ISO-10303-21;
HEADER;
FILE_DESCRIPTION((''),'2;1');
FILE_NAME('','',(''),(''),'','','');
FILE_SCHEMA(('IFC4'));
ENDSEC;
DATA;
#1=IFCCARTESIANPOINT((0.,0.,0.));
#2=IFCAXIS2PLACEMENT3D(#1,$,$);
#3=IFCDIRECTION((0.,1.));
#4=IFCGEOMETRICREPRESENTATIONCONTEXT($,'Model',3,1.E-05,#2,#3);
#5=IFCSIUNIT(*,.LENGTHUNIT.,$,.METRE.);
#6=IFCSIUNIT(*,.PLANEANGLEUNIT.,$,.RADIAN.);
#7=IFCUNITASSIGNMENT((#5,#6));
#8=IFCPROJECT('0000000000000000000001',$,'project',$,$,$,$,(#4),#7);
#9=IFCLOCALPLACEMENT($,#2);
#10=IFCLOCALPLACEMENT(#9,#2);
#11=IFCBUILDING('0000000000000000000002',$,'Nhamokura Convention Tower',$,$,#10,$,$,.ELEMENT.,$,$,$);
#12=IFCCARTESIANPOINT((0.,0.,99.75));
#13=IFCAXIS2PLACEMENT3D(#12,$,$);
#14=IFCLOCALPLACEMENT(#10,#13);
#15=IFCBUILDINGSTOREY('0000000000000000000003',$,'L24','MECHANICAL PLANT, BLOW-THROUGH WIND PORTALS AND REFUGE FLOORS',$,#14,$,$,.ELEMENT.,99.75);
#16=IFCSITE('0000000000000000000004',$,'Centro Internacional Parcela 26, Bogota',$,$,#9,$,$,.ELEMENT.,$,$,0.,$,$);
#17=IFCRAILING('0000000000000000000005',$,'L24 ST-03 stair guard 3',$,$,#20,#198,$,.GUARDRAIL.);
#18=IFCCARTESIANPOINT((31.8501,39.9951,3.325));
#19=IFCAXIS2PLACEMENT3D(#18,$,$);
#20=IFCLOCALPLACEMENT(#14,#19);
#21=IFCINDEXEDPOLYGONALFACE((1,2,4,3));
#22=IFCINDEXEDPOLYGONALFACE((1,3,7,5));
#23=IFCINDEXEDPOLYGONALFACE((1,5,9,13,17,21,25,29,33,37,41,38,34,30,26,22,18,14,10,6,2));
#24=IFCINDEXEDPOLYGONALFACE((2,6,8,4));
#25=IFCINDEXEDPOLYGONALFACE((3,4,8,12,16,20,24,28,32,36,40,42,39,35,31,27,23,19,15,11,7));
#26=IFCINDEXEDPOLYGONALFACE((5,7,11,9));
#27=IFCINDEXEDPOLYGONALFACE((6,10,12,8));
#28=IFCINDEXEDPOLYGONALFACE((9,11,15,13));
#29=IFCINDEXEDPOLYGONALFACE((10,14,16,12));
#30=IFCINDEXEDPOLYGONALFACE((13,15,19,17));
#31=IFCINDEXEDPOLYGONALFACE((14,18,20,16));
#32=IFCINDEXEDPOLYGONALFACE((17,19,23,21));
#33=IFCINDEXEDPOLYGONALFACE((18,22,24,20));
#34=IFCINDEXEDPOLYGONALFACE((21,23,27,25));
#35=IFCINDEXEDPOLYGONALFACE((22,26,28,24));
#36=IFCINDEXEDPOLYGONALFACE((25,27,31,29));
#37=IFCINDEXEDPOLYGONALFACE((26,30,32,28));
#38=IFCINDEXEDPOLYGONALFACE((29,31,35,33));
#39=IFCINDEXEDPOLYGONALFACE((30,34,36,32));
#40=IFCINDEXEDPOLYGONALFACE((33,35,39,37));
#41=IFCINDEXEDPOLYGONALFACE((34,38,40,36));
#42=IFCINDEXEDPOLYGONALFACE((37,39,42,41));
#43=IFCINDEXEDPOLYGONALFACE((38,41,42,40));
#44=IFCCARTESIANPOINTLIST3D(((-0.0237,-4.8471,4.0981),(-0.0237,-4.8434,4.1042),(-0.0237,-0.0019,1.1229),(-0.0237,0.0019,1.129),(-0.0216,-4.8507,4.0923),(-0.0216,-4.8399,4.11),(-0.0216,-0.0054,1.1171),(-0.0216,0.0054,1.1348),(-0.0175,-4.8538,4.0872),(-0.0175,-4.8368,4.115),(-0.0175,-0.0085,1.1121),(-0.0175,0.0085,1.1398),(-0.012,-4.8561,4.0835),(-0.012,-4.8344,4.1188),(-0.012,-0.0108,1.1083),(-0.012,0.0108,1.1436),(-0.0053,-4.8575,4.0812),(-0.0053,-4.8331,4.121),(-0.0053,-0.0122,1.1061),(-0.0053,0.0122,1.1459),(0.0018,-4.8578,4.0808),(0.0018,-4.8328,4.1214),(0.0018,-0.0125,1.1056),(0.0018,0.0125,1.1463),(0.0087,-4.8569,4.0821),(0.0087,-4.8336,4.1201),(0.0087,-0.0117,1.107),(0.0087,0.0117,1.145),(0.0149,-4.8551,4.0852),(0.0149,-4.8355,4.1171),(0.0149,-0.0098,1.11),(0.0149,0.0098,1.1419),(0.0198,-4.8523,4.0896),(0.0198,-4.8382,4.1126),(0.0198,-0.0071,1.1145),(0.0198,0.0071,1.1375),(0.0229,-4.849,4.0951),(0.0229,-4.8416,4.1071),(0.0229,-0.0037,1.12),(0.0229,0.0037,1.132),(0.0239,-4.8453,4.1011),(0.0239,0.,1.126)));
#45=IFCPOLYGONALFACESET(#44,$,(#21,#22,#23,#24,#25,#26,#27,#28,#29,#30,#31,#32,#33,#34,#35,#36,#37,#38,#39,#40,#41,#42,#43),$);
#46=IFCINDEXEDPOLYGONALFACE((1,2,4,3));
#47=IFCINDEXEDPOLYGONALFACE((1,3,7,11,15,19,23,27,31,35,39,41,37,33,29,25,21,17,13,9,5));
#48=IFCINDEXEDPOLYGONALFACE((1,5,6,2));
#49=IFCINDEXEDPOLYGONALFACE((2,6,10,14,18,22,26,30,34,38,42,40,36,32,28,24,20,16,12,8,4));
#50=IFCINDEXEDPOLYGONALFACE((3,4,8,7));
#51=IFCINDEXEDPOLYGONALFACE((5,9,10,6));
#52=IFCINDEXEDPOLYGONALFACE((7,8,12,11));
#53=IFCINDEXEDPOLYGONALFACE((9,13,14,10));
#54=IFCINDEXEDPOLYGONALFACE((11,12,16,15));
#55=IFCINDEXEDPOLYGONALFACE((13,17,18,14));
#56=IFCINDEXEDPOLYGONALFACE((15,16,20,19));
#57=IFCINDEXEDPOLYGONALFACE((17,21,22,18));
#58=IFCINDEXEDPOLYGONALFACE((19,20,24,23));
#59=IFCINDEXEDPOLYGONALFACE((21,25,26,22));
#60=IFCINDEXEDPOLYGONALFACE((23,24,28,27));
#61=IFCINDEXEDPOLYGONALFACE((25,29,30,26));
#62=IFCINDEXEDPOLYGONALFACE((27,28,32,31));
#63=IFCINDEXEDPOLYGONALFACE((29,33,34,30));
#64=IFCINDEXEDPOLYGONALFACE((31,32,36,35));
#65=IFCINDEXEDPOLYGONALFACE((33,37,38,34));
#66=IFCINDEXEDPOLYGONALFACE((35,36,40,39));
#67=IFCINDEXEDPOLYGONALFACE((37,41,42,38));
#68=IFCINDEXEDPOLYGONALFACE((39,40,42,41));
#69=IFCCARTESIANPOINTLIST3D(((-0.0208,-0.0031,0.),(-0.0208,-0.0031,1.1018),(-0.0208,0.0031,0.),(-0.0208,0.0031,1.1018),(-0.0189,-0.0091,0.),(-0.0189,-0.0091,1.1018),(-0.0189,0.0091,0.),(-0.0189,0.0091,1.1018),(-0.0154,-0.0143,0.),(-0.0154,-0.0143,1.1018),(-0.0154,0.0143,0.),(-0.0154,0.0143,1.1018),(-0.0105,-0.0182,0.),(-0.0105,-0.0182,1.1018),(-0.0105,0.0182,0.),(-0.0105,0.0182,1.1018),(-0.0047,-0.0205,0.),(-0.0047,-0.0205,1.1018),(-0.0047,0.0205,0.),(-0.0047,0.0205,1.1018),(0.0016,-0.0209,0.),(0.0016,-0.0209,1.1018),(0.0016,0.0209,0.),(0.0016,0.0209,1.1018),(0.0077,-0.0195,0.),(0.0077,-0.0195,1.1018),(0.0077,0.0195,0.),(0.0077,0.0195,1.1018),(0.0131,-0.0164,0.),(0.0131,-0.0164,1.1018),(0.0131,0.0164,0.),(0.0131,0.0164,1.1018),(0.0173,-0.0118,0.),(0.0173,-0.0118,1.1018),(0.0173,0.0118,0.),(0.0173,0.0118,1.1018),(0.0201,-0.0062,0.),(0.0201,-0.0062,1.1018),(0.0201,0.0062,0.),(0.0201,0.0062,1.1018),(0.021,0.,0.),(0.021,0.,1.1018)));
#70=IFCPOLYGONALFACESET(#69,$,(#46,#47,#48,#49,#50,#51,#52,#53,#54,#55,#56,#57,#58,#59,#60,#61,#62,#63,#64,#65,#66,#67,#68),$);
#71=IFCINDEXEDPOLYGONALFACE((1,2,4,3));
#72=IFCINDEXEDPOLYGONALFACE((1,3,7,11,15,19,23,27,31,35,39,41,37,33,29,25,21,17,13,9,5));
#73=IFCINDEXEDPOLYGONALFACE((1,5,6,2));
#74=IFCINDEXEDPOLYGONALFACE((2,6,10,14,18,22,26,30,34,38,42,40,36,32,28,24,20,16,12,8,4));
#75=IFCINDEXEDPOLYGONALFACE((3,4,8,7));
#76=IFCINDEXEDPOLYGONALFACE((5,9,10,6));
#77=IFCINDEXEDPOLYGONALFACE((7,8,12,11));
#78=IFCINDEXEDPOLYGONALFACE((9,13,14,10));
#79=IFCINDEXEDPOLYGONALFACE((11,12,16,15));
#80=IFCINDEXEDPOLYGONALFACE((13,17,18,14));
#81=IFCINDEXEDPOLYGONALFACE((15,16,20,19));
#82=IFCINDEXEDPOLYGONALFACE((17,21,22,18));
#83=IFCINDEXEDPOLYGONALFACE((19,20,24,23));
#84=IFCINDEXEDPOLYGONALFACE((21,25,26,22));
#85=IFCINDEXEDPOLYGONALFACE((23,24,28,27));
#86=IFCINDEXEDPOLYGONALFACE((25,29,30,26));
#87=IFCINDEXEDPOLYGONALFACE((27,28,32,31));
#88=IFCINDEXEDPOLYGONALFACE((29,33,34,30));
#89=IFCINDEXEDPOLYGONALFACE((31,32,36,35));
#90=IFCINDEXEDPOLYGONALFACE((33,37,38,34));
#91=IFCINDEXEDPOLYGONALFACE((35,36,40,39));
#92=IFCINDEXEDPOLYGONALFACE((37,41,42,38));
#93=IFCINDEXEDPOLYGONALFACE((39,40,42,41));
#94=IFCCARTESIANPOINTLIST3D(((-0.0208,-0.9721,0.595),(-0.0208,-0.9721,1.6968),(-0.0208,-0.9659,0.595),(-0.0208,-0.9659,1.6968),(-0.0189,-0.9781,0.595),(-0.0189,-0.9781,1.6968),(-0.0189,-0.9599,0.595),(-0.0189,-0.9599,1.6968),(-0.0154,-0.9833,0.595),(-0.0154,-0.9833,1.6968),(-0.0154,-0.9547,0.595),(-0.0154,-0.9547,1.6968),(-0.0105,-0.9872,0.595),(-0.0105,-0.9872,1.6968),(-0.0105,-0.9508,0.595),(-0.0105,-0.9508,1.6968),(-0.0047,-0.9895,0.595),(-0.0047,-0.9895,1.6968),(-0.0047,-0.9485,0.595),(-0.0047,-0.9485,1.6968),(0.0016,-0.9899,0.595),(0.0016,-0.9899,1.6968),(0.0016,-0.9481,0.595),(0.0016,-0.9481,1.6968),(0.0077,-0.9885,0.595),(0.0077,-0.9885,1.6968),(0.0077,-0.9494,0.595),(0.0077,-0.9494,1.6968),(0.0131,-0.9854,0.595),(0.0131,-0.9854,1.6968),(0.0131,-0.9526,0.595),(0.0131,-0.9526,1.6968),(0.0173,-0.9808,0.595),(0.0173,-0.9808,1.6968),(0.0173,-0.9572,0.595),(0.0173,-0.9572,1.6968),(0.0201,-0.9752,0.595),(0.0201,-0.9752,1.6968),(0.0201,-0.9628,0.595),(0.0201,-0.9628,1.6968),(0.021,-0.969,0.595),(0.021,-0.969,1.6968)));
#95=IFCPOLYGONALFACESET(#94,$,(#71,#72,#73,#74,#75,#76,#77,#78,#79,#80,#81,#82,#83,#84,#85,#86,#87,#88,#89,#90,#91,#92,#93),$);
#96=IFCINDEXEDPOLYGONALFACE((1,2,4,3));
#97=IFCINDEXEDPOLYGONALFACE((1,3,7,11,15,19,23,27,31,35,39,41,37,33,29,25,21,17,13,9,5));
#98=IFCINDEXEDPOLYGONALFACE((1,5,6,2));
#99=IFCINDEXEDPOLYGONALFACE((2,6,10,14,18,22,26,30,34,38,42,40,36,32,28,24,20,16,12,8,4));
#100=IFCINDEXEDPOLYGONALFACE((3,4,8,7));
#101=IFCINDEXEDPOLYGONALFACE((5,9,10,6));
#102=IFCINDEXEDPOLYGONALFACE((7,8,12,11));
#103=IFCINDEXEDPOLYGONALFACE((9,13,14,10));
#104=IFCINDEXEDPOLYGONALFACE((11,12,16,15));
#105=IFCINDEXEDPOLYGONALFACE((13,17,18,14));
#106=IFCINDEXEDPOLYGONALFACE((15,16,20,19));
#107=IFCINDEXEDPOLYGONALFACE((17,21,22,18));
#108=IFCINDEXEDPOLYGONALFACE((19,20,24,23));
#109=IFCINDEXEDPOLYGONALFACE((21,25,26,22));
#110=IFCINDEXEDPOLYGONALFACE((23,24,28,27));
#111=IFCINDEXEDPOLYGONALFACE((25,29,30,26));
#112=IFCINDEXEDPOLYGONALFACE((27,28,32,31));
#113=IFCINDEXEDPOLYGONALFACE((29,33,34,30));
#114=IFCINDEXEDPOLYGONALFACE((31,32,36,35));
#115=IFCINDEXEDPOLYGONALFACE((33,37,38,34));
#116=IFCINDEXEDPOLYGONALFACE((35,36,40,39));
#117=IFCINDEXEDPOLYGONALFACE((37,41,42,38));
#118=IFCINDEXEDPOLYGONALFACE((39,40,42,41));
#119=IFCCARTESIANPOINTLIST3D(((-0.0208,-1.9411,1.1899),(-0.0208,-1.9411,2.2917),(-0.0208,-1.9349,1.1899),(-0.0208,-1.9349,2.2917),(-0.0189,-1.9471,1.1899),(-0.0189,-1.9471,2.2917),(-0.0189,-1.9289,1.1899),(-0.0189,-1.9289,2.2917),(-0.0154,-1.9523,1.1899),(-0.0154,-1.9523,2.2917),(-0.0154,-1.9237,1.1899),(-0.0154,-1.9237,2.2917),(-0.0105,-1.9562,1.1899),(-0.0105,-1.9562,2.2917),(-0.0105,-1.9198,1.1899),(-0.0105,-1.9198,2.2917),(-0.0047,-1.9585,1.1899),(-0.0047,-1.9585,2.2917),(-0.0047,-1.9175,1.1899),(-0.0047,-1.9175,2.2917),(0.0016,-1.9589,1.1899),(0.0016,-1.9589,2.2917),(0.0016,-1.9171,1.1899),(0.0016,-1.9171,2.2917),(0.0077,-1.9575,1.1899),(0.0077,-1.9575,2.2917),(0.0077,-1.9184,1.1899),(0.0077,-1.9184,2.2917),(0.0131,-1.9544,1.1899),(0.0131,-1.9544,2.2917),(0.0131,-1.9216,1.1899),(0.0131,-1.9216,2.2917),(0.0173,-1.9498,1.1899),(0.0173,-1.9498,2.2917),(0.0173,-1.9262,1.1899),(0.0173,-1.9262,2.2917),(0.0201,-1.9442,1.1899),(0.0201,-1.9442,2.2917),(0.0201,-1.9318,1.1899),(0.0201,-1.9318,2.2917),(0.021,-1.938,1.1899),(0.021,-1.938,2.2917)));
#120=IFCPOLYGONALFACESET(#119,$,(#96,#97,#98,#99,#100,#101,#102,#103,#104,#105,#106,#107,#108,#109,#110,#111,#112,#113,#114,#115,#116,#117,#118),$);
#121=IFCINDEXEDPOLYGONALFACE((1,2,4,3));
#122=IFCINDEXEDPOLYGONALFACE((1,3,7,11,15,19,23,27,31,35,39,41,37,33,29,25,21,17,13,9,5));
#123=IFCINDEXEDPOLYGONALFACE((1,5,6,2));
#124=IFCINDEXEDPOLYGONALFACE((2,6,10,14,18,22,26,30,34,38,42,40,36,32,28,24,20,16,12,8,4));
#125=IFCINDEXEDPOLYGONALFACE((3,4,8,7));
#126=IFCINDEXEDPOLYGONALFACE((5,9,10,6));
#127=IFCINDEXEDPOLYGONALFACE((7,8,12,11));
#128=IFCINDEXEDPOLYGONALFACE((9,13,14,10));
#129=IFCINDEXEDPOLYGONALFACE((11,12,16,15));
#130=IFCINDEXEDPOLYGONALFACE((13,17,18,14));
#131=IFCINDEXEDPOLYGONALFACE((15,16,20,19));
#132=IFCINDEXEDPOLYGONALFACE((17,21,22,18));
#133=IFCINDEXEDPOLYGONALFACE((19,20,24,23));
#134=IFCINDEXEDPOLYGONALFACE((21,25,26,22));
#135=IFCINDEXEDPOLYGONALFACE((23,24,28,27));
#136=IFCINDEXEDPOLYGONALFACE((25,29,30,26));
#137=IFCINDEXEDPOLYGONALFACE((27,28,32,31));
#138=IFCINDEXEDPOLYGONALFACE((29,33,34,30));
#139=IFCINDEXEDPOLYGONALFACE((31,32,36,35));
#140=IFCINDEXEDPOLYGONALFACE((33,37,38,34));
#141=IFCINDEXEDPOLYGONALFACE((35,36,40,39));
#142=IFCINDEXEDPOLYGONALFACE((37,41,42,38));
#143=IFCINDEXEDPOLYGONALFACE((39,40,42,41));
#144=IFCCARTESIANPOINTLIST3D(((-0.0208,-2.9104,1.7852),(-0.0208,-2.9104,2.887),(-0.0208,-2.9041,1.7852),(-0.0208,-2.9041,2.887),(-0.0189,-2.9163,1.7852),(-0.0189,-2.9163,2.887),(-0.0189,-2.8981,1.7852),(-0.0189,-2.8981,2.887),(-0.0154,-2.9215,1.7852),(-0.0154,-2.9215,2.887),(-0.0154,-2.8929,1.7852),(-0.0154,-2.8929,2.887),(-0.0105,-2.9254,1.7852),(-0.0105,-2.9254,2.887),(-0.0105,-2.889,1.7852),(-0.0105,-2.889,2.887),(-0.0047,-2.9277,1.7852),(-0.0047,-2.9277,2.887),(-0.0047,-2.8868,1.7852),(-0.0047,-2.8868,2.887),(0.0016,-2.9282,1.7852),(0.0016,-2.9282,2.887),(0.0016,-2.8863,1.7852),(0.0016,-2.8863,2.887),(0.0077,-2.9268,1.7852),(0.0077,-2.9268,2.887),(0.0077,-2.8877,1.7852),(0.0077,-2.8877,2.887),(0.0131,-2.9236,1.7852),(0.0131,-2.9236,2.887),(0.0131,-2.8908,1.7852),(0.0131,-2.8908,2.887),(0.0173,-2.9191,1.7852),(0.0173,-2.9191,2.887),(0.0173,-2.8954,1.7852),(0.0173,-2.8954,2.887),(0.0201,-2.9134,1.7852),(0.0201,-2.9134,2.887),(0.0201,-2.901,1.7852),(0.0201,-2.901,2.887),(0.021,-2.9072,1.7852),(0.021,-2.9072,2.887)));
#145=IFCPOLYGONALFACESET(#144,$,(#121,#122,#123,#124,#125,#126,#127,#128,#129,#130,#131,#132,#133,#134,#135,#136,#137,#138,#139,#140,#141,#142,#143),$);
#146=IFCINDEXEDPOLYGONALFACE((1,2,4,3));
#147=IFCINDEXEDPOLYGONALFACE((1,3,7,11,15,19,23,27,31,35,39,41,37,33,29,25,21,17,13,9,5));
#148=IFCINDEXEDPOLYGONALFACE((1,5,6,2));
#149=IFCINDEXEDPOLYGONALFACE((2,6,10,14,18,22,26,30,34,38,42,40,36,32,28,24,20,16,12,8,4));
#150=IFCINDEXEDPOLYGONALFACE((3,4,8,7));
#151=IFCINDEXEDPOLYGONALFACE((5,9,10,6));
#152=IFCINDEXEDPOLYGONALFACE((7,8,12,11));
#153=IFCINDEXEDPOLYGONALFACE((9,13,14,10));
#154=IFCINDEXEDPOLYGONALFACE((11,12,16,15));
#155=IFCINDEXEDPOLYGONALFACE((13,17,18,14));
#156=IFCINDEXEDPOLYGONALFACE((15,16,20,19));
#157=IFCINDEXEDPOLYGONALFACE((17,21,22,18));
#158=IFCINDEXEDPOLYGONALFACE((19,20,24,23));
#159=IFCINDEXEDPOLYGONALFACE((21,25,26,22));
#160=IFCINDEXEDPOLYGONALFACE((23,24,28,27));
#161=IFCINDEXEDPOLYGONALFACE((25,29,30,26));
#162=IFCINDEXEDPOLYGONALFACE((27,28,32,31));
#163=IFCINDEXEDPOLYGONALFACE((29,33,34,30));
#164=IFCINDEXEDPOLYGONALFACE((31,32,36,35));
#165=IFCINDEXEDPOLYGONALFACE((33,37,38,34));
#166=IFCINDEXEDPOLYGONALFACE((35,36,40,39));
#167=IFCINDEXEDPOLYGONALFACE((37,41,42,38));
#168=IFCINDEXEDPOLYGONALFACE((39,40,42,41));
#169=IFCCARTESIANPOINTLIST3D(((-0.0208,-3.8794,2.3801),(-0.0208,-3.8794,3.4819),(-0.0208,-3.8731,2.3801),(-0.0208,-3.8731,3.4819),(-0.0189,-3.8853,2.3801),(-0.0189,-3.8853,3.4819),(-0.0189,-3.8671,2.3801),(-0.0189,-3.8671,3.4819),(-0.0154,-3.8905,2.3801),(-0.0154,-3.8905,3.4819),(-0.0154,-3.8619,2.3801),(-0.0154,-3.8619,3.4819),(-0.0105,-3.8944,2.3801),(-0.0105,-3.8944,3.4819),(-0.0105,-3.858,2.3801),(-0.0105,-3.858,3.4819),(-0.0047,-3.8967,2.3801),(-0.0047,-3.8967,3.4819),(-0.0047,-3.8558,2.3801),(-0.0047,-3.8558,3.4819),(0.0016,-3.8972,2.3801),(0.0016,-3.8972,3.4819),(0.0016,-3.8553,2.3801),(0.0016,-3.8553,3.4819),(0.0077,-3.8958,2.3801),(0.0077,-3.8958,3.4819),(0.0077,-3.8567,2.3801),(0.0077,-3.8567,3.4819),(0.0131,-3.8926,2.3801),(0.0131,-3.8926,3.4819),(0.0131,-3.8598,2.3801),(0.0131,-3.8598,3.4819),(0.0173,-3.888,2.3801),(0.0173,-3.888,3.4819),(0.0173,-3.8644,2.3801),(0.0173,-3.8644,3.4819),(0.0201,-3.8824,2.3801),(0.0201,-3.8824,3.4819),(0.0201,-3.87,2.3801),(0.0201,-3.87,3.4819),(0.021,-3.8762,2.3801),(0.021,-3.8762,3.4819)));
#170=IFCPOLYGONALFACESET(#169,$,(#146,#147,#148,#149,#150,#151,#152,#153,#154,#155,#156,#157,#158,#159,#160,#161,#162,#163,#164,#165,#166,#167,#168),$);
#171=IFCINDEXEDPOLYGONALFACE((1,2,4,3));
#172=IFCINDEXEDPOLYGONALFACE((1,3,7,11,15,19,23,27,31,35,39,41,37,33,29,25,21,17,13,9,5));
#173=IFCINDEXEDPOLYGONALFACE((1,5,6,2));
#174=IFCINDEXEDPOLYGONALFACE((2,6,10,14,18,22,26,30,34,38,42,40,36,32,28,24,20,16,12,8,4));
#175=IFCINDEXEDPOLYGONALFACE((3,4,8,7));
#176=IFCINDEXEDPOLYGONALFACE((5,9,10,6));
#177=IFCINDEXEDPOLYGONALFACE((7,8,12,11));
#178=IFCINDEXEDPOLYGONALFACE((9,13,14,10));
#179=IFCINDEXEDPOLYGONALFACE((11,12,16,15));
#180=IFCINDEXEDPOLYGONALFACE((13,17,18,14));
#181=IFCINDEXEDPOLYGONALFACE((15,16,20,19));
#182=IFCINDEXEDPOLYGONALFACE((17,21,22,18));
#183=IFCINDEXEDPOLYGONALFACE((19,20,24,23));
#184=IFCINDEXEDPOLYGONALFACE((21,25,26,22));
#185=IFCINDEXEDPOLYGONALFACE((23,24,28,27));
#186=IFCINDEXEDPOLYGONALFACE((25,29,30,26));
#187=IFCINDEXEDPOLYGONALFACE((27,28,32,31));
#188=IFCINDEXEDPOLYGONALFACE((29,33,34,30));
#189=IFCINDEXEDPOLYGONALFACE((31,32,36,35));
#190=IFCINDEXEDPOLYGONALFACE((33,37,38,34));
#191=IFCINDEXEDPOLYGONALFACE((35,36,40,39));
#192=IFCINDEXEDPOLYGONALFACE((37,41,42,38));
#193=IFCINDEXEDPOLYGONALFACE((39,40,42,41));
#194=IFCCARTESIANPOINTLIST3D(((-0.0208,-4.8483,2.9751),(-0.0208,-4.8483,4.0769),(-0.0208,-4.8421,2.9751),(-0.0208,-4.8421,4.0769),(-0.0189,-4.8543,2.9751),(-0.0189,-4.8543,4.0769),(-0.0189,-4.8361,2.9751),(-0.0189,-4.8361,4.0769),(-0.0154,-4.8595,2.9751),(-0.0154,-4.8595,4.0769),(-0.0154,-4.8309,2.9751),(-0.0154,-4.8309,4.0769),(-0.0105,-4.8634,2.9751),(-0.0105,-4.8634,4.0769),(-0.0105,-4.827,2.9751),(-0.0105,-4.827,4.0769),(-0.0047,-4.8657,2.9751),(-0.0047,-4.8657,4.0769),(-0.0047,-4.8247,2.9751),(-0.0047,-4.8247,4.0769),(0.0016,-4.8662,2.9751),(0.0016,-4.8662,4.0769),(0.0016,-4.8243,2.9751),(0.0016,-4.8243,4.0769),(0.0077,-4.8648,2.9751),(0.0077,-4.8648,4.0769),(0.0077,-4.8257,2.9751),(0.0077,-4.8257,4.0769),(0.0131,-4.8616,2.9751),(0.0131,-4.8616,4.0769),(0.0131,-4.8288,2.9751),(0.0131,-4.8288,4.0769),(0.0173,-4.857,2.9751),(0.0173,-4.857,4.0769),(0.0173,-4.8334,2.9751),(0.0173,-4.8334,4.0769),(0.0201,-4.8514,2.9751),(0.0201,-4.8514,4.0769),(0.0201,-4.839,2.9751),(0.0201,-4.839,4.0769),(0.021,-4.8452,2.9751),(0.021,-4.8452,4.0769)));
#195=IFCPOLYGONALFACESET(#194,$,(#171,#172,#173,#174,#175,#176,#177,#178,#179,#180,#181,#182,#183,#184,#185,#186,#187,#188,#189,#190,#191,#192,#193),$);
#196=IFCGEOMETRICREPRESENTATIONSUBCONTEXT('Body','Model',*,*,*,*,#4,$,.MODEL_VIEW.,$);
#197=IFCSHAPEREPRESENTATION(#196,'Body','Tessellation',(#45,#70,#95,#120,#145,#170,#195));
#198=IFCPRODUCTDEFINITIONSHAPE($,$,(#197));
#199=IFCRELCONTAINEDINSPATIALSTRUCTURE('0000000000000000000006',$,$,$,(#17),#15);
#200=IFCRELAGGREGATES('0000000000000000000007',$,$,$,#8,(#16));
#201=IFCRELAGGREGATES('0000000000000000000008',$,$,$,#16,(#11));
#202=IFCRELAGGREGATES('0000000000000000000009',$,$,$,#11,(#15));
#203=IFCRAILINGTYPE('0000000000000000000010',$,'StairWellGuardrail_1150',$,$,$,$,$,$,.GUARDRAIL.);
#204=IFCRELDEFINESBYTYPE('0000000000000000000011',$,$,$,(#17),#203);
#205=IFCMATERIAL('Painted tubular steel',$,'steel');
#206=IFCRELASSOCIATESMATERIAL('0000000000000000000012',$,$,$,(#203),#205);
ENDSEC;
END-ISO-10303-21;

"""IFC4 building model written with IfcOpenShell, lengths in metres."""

from ifc_helpers import new_model, si_unit, direction, frame, origin, origin_2d, place, context, subcontext, project, spatial, circle, extrude, material, type_object, element, save


model = new_model("IFC4")

# Units and contexts
model_context = context("Model", 3, precision=1e-05, world=origin(), true_north=direction((0.0, 1.0)))
body_context = subcontext(model_context, "Body", "Model", "MODEL_VIEW")
ifc_project = project(units=[si_unit("LENGTHUNIT", "METRE"), si_unit("PLANEANGLEUNIT", "RADIAN")], contexts=[model_context])

# Site, building, storey
site_placement = place(None, origin())
site = spatial("IfcSite", under=ifc_project, at=site_placement, Name="Centro Internacional Parcela 26, Bogota", CompositionType="ELEMENT", RefElevation=0.0)
building_placement = place(site_placement, origin())
building = spatial("IfcBuilding", under=site, at=building_placement, Name="Nhamokura Convention Tower", CompositionType="ELEMENT")
storey_placement = place(building_placement, frame((0.0, 0.0, 99.75)))
storey = spatial("IfcBuildingStorey", under=building, at=storey_placement, Name="L24", Description="MECHANICAL PLANT, BLOW-THROUGH WIND PORTALS AND REFUGE FLOORS", CompositionType="ELEMENT", Elevation=99.75)

# Railing
ifc_material_1 = material(Name="Painted tubular steel", Category="steel")
railing_type_1 = type_object("IfcRailingType", Name="StairWellGuardrail_1150", PredefinedType="GUARDRAIL", material=ifc_material_1)
railing_1_placement = place(storey_placement, frame((31.8501, 39.9951, 3.325)))
element("IfcRailing", 1, at=railing_1_placement, inside=storey, type_object=railing_type_1, Name="L24 ST-03 stair guard 3", PredefinedType="GUARDRAIL", context=body_context, shape_type="SweptSolid", body=[
    extrude(circle(Radius=0.0239, at=origin_2d()), frame((0.0, 0.0, 1.126), z_axis=(0.0, -0.852174, 0.523259), x_axis=(1.0, 0.0, 0.0)), (0.0, 0.0, 1.0), 5.6858),
    extrude(circle(Radius=0.021, at=origin_2d()), origin(), (0.0, 0.0, 1.0), 1.1018),
    extrude(circle(Radius=0.021, at=origin_2d()), frame((0.0, -0.969, 0.595)), (0.0, 0.0, 1.0), 1.1018),
    extrude(circle(Radius=0.021, at=origin_2d()), frame((0.0, -1.938, 1.1899)), (0.0, 0.0, 1.0), 1.1018),
    extrude(circle(Radius=0.021, at=origin_2d()), frame((0.0, -2.9072, 1.7852)), (0.0, 0.0, 1.0), 1.1018),
    extrude(circle(Radius=0.021, at=origin_2d()), frame((0.0, -3.8762, 2.3801)), (0.0, 0.0, 1.0), 1.1018),
    extrude(circle(Radius=0.021, at=origin_2d()), frame((0.0, -4.8452, 2.9751)), (0.0, 0.0, 1.0), 1.1018),
])

save(model, "model.ifc")
